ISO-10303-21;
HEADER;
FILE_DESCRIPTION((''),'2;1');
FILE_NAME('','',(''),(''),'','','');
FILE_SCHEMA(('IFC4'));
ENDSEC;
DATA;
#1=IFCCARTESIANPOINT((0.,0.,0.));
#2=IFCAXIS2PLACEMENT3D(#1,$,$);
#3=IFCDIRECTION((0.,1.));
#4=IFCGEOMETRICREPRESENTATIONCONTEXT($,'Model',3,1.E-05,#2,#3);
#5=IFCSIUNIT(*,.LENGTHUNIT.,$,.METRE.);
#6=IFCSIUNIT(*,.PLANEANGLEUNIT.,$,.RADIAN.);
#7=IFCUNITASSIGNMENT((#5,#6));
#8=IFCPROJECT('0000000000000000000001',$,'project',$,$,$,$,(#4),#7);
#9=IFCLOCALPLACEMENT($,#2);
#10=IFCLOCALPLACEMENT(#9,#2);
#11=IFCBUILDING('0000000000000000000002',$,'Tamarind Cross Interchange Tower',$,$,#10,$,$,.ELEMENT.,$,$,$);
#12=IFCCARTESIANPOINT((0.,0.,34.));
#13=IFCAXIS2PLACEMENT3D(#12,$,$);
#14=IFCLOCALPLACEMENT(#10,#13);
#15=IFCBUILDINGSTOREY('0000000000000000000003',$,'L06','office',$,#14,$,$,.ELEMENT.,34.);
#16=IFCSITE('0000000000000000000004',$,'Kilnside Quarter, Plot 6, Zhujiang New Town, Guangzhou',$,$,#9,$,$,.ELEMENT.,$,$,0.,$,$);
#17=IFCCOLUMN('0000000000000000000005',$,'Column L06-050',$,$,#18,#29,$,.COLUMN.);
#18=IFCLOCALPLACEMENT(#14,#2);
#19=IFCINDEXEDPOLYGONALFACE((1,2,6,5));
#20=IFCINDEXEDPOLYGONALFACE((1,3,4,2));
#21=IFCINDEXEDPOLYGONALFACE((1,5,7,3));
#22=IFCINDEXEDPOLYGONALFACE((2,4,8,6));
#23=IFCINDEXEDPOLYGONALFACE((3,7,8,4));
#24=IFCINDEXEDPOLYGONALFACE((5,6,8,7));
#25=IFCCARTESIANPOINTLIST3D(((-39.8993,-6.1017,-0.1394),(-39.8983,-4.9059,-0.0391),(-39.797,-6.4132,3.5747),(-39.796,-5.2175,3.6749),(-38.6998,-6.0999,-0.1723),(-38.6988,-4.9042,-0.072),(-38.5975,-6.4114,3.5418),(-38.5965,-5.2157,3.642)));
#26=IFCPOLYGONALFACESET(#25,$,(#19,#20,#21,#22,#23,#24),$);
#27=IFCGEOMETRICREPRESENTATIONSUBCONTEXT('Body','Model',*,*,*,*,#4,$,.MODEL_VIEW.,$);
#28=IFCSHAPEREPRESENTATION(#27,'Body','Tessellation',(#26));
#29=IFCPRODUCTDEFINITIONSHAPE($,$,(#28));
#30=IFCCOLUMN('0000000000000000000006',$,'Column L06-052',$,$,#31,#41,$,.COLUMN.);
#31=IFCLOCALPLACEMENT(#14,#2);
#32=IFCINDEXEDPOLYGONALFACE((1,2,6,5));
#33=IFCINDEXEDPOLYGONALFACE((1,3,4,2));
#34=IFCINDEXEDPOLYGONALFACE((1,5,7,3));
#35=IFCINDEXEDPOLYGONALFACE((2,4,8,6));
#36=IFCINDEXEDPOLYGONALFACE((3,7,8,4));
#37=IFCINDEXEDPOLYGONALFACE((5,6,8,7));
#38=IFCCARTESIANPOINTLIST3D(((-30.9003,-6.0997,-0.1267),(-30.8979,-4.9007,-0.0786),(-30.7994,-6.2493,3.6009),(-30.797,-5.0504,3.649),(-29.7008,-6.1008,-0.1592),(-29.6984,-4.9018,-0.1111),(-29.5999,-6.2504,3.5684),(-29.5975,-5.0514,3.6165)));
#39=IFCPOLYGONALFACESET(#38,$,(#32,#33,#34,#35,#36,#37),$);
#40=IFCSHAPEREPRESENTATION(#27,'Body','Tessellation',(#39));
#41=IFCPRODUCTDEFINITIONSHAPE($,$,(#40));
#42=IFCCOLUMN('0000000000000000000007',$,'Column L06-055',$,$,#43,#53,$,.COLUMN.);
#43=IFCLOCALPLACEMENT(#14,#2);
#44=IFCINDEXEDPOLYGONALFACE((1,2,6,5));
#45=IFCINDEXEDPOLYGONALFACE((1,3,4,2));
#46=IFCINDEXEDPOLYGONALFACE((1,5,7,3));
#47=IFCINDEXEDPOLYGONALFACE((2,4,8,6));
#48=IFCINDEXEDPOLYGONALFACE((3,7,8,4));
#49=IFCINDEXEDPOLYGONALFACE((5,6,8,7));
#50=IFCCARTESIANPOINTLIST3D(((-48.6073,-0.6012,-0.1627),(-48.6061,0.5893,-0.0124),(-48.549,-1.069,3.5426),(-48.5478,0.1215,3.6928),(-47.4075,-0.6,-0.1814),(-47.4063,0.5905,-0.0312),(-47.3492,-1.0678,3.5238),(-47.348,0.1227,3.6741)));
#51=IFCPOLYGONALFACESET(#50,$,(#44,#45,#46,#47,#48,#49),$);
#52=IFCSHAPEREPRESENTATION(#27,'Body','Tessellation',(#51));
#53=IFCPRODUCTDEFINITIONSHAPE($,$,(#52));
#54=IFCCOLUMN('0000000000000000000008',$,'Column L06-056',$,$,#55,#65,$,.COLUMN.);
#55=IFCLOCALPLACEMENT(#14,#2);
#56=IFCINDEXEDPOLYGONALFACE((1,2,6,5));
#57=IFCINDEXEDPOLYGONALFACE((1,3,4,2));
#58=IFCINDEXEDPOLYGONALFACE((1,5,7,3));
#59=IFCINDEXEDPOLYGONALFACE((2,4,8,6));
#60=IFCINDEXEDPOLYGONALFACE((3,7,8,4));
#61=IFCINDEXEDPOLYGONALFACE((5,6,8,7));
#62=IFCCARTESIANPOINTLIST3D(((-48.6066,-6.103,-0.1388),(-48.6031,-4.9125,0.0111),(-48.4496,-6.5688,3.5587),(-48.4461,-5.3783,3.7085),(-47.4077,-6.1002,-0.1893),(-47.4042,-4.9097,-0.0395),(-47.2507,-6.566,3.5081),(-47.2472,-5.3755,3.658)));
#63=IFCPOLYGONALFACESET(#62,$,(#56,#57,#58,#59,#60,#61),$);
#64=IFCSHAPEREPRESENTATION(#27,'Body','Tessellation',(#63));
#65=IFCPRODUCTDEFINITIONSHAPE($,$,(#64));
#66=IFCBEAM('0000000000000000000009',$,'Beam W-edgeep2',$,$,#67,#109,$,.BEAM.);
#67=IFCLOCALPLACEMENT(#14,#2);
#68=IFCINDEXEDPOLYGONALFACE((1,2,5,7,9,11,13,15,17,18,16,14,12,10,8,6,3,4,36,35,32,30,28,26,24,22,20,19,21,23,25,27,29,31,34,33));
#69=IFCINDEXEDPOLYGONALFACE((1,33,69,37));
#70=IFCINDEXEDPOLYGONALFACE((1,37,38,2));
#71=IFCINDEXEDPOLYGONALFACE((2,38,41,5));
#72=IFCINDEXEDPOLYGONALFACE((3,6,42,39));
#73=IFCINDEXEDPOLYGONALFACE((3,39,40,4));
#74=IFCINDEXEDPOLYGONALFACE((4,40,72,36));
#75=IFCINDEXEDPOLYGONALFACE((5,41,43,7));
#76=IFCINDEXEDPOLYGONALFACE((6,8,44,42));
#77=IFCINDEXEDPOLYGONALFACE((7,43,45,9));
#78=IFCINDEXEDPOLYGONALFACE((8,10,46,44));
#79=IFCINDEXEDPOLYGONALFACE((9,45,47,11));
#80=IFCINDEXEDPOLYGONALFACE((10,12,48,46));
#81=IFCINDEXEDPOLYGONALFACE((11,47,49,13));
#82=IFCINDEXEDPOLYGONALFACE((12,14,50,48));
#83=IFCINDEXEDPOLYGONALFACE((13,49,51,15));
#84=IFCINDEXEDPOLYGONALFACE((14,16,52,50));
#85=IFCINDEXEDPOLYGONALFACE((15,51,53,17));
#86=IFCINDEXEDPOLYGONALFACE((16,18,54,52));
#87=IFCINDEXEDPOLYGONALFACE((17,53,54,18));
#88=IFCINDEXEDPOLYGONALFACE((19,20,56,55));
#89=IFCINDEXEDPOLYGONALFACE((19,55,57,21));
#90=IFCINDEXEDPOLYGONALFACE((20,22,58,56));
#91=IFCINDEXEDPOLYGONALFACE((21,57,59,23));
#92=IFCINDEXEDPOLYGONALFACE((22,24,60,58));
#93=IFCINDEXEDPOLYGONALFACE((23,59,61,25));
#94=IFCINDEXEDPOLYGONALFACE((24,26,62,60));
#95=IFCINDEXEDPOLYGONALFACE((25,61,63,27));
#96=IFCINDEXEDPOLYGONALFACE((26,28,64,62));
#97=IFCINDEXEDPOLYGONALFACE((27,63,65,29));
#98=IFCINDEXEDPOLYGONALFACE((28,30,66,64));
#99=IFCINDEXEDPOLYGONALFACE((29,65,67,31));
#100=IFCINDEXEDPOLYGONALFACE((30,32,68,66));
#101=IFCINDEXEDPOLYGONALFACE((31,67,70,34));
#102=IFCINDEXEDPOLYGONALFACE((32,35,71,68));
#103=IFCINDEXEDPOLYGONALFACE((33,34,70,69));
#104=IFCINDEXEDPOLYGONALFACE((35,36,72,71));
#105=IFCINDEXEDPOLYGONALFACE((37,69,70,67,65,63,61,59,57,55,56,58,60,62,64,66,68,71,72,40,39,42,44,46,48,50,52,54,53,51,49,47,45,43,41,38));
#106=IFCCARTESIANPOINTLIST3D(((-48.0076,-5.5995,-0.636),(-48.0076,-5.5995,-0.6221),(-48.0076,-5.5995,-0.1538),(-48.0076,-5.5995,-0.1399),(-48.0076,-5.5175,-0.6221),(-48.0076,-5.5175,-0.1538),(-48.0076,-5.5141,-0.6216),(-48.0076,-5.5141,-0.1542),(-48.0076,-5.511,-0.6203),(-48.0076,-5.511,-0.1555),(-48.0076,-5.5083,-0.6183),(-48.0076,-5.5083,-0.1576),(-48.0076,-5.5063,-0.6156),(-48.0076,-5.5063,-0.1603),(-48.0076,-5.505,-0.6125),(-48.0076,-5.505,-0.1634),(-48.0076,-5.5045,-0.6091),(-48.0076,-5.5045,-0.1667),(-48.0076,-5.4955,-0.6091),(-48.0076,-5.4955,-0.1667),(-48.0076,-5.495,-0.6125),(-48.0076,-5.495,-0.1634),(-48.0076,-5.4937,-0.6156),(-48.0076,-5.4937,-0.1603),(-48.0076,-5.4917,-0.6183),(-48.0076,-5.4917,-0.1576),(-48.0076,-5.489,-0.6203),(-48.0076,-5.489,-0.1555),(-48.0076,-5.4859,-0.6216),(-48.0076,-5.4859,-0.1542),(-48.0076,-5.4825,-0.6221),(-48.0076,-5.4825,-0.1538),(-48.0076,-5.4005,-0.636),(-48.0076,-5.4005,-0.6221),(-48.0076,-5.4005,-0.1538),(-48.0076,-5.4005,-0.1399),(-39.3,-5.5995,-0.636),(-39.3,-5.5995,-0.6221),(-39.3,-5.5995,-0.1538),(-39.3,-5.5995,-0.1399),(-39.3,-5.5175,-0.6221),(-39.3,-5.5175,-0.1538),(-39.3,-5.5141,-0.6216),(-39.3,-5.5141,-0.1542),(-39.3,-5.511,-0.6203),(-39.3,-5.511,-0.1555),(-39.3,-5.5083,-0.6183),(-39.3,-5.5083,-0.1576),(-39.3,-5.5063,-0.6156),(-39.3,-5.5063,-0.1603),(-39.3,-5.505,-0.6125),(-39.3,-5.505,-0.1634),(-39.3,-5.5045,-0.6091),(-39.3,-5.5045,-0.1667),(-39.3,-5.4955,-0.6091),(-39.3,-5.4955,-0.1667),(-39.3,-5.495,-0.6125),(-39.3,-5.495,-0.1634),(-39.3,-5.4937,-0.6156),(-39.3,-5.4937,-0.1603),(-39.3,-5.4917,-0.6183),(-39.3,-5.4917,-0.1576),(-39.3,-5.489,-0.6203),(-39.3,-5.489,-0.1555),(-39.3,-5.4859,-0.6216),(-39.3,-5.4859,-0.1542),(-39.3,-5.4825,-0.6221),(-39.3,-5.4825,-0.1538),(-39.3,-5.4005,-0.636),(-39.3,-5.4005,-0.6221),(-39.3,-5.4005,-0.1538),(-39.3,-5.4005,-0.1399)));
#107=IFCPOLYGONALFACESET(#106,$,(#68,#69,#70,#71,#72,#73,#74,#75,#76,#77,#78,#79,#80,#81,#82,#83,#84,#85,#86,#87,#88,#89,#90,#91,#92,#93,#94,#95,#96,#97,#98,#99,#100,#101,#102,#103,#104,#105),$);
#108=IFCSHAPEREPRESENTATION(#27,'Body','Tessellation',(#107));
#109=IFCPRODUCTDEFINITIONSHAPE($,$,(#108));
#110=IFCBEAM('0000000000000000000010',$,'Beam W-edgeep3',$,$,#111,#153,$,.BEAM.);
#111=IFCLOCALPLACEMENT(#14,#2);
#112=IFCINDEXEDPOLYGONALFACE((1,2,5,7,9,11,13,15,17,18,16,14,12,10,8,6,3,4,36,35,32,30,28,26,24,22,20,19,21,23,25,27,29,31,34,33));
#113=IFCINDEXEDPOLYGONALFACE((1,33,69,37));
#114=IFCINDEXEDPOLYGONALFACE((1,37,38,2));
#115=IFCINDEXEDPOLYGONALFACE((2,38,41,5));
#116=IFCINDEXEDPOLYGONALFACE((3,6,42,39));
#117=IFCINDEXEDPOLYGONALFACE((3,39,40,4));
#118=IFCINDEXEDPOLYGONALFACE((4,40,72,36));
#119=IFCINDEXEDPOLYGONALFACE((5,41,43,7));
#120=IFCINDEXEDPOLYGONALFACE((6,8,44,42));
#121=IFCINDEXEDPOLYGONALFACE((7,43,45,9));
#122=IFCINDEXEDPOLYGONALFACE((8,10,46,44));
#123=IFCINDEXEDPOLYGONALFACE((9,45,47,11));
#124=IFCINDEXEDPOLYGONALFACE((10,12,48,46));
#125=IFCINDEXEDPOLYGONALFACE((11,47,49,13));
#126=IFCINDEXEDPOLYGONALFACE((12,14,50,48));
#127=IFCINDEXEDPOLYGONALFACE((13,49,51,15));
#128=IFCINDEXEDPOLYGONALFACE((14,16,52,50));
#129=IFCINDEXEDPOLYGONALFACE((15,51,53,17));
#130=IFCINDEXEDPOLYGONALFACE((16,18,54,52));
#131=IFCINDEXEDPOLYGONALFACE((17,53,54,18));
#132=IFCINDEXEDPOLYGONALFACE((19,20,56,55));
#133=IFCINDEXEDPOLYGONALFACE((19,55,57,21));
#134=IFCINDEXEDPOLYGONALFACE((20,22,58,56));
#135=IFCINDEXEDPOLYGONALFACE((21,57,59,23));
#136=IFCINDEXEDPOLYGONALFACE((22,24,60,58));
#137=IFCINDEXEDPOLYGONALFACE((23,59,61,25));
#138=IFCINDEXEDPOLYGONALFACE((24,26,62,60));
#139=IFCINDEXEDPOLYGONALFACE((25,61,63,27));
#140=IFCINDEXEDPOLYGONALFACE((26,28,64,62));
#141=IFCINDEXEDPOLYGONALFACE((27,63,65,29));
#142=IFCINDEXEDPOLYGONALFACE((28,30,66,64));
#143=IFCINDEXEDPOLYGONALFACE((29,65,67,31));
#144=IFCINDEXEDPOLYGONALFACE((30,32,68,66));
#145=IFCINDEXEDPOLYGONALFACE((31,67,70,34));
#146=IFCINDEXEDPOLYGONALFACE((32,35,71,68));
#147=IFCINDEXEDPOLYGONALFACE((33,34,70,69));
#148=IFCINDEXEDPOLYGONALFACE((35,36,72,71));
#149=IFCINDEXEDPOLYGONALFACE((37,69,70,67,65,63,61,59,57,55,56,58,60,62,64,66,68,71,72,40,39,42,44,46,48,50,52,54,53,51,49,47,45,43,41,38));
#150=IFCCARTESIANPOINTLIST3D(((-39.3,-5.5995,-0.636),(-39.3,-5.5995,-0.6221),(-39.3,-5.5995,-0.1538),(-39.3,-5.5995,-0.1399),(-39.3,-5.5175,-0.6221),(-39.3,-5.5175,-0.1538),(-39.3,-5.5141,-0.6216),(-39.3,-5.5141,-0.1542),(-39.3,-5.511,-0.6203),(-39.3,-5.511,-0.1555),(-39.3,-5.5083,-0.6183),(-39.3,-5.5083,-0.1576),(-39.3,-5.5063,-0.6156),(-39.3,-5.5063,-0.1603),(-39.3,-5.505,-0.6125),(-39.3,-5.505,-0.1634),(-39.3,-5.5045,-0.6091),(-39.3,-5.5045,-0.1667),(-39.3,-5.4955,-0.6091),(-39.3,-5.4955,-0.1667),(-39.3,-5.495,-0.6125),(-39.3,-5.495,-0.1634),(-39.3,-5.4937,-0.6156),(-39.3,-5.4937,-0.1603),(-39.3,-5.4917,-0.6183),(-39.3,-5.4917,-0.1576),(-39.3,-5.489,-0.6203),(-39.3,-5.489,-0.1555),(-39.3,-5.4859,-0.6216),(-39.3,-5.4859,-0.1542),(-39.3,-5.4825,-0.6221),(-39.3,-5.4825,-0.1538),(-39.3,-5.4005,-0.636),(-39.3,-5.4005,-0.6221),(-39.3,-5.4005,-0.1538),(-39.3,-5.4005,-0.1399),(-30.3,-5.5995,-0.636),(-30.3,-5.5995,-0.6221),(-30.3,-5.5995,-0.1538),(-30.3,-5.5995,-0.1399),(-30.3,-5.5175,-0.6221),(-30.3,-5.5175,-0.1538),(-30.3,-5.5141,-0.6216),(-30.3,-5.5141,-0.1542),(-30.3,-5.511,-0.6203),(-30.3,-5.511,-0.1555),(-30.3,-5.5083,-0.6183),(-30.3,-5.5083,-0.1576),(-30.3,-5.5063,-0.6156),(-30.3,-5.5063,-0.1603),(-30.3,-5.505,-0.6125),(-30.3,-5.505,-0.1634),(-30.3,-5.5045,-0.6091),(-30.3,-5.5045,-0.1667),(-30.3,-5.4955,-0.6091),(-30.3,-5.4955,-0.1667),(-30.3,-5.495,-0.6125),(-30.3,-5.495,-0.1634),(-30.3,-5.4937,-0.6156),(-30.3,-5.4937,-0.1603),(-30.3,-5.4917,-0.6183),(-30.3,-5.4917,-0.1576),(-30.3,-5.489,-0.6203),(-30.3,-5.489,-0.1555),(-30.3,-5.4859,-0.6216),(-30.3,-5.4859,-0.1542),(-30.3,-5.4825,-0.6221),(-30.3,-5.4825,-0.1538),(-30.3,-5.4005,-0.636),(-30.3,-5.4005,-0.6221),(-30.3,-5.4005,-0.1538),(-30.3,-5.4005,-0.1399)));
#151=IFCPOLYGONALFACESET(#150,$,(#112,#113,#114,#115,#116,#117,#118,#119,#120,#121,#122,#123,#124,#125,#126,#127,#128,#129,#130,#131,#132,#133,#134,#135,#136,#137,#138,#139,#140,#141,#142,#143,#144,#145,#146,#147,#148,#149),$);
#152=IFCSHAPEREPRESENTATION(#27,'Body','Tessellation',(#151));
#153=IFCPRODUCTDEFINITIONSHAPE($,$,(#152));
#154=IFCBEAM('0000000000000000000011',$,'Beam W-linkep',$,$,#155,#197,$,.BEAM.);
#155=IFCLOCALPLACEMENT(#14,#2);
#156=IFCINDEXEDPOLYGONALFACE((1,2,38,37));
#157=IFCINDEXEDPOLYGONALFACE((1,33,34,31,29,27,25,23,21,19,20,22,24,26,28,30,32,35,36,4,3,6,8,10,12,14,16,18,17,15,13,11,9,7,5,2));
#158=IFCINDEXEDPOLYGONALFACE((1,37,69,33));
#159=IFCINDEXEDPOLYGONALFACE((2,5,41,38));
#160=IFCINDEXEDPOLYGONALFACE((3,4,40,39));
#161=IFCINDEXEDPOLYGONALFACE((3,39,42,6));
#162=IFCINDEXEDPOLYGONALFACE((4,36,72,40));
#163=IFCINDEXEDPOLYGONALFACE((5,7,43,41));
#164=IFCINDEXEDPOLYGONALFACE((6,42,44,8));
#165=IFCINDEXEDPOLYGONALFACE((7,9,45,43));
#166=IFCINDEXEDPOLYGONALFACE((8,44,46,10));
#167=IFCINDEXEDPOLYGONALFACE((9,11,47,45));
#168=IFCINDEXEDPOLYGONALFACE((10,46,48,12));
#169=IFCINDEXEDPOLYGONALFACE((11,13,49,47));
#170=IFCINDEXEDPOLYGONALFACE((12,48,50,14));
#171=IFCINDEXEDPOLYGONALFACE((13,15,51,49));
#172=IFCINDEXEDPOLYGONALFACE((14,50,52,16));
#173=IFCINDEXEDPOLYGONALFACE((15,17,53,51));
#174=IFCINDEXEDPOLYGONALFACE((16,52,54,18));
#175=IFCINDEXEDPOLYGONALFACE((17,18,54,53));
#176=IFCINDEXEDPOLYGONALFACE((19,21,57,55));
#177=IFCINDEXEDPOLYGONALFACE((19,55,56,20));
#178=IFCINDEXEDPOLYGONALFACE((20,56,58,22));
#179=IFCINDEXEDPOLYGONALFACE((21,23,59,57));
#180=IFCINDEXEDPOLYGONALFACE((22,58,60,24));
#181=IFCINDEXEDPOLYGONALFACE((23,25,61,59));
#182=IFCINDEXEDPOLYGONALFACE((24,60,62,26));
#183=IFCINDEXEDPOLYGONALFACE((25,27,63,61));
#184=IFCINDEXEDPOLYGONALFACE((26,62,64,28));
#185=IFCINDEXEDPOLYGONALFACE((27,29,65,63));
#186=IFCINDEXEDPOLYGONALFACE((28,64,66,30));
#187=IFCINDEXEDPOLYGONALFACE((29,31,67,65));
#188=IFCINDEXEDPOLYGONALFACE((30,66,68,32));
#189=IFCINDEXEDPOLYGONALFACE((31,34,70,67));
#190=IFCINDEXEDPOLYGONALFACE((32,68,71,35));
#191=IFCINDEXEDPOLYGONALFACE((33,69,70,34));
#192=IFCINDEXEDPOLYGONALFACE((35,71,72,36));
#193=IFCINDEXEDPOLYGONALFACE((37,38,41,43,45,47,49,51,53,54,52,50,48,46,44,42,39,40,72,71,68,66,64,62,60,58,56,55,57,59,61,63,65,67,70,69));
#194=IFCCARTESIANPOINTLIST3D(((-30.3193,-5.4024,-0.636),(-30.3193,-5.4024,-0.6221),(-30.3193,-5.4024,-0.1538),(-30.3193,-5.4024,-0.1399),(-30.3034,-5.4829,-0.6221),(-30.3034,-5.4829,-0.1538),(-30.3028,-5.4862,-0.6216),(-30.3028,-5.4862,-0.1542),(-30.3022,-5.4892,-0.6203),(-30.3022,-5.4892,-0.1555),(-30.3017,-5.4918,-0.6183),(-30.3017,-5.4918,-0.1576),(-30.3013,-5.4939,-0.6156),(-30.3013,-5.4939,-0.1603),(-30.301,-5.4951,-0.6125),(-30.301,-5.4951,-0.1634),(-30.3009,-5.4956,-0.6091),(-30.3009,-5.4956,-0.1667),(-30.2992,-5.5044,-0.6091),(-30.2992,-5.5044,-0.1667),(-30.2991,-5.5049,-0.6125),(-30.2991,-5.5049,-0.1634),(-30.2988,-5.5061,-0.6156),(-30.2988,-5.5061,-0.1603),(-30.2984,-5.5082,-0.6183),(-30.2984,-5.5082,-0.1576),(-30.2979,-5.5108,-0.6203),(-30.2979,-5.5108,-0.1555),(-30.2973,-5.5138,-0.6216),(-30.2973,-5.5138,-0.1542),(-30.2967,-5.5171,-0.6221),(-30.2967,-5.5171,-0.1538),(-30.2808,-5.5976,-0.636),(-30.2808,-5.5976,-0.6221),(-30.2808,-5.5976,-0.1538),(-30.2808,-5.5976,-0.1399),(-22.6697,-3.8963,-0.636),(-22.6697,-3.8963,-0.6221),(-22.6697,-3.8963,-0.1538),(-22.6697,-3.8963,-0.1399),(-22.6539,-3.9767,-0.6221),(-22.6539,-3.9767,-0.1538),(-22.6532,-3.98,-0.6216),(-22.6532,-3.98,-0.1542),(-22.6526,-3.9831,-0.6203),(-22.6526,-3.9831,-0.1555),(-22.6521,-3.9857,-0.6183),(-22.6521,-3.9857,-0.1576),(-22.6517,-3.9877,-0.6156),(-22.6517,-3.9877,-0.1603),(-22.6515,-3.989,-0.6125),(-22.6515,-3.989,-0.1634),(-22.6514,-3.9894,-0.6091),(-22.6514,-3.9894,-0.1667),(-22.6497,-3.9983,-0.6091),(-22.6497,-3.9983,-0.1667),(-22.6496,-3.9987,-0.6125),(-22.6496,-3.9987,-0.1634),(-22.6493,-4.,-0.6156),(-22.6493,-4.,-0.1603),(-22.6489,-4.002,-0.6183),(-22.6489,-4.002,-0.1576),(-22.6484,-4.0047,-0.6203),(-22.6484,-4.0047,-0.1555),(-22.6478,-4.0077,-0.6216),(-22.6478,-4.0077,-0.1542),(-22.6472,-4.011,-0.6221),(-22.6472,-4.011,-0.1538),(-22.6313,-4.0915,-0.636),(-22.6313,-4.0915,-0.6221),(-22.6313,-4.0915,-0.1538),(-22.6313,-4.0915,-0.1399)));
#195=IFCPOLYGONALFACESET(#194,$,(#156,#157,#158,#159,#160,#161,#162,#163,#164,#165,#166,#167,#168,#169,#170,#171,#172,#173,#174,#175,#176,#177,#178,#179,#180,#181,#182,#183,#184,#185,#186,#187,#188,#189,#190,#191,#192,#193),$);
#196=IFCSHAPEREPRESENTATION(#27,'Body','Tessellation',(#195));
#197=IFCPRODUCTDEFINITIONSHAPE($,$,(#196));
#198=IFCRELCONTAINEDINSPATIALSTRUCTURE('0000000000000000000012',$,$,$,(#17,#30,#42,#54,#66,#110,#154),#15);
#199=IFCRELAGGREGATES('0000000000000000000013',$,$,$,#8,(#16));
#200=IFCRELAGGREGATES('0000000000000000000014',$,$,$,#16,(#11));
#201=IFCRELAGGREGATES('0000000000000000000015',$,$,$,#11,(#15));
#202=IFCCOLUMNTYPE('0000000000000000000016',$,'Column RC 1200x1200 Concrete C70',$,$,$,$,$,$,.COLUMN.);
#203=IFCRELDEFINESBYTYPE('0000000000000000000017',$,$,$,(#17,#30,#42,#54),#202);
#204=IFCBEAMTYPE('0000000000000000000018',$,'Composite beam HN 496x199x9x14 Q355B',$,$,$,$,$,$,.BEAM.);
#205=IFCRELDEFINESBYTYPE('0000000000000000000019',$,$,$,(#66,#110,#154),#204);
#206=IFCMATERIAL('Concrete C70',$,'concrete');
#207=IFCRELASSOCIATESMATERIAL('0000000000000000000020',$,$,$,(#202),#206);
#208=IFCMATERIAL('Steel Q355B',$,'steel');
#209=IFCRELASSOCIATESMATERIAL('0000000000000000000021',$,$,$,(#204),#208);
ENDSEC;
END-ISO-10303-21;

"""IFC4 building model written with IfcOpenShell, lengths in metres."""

from ifc_helpers import new_model, si_unit, direction, frame, origin, origin_2d, place, context, subcontext, project, spatial, rectangle, i_section, extrude, material, material_profile, profile_set, type_object, element, save


model = new_model("IFC4")

# Units and contexts
model_context = context("Model", 3, precision=1e-05, world=origin(), true_north=direction((0.0, 1.0)))
body_context = subcontext(model_context, "Body", "Model", "MODEL_VIEW")
ifc_project = project(units=[si_unit("LENGTHUNIT", "METRE"), si_unit("PLANEANGLEUNIT", "RADIAN")], contexts=[model_context])

# Site, building, storey
site_placement = place(None, origin())
site = spatial("IfcSite", under=ifc_project, at=site_placement, Name="Kilnside Quarter, Plot 6, Zhujiang New Town, Guangzhou", CompositionType="ELEMENT", RefElevation=0.0)
building_placement = place(site_placement, origin())
building = spatial("IfcBuilding", under=site, at=building_placement, Name="Tamarind Cross Interchange Tower", CompositionType="ELEMENT")
storey_placement = place(building_placement, frame((0.0, 0.0, 34.0)))
storey = spatial("IfcBuildingStorey", under=building, at=storey_placement, Name="L06", Description="office", CompositionType="ELEMENT", Elevation=34.0)

# Columns
ifc_material_1 = material(Name="Concrete C70", Category="concrete")
ifc_material_profile_1 = material_profile(ifc_material_1, rectangle(XDim=1.2, YDim=1.2, at=origin_2d()), Name="RC 1200x1200")
ifc_profile_set_1 = profile_set([ifc_material_profile_1], Name="Concrete C70")
column_type = type_object("IfcColumnType", Name="Column RC 1200x1200 Concrete C70", PredefinedType="COLUMN", material=ifc_profile_set_1)
column_1_placement = place(storey_placement, frame((-39.2991, -5.5029, -0.1057), z_axis=(0.027436, -0.083551, 0.996126), x_axis=(0.000803, 0.996502, 0.08356)))
element("IfcColumn", 1, at=column_1_placement, inside=storey, type_object=column_type, Name="Column L06-050", PredefinedType="COLUMN", context=body_context, shape_type="SweptSolid", body=[
    extrude(rectangle(XDim=1.2, YDim=1.2, at=origin_2d()), origin(), (0.0, 0.0, 1.0), 3.7285),
])
column_2_placement = place(storey_placement, frame((-30.2993, -5.5007, -0.1189), z_axis=(0.027018, -0.040102, 0.99883), x_axis=(0.001996, 0.999195, 0.040063)))
element("IfcColumn", 2, at=column_2_placement, inside=storey, type_object=column_type, Name="Column L06-052", PredefinedType="COLUMN", context=body_context, shape_type="SweptSolid", body=[
    extrude(rectangle(XDim=1.2, YDim=1.2, at=origin_2d()), origin(), (0.0, 0.0, 1.0), 3.7319),
])
column_3_placement = place(storey_placement, frame((-48.0068, -0.0054, -0.0969), z_axis=(0.015622, -0.125234, 0.992004), x_axis=(0.000996, 0.992127, 0.125234)))
element("IfcColumn", 3, at=column_3_placement, inside=storey, type_object=column_type, Name="Column L06-055", PredefinedType="COLUMN", context=body_context, shape_type="SweptSolid", body=[
    extrude(rectangle(XDim=1.2, YDim=1.2, at=origin_2d()), origin(), (0.0, 0.0, 1.0), 3.7351),
])
column_4_placement = place(storey_placement, frame((-48.0054, -5.5063, -0.0891), z_axis=(0.042086, -0.124883, 0.991278), x_axis=(0.002931, 0.992169, 0.124871)))
element("IfcColumn", 4, at=column_4_placement, inside=storey, type_object=column_type, Name="Column L06-056", PredefinedType="COLUMN", context=body_context, shape_type="SweptSolid", body=[
    extrude(rectangle(XDim=1.2, YDim=1.2, at=origin_2d()), origin(), (0.0, 0.0, 1.0), 3.73),
])

# Beams
ifc_material_2 = material(Name="Steel Q355B", Category="steel")
ifc_material_profile_2 = material_profile(ifc_material_2, i_section(OverallWidth=0.199, OverallDepth=0.4961, WebThickness=0.009, FlangeThickness=0.0139, FilletRadius=0.0129, at=origin_2d()), Name="HN 496x199x9x14")
ifc_profile_set_2 = profile_set([ifc_material_profile_2], Name="Steel Q355B")
beam_type_1 = type_object("IfcBeamType", Name="Composite beam HN 496x199x9x14 Q355B", PredefinedType="BEAM", material=ifc_profile_set_2)
beam_1_placement = place(storey_placement, frame((-48.0076, -5.5, -0.3879), z_axis=(1.0, 0.0, 0.0), x_axis=(0.0, 1.0, 0.0)))
element("IfcBeam", 5, at=beam_1_placement, inside=storey, type_object=beam_type_1, Name="Beam W-edgeep2", PredefinedType="BEAM", context=body_context, shape_type="SweptSolid", body=[
    extrude(i_section(OverallWidth=0.199, OverallDepth=0.4961, WebThickness=0.009, FlangeThickness=0.0139, FilletRadius=0.0129, at=origin_2d()), origin(), (0.0, 0.0, 1.0), 8.7075),
])
beam_2_placement = place(storey_placement, frame((-39.3, -5.5, -0.3879), z_axis=(1.0, 0.0, 0.0), x_axis=(0.0, 1.0, 0.0)))
element("IfcBeam", 6, at=beam_2_placement, inside=storey, type_object=beam_type_1, Name="Beam W-edgeep3", PredefinedType="BEAM", context=body_context, shape_type="SweptSolid", body=[
    extrude(i_section(OverallWidth=0.199, OverallDepth=0.4961, WebThickness=0.009, FlangeThickness=0.0139, FilletRadius=0.0129, at=origin_2d()), origin(), (0.0, 0.0, 1.0), 9.0),
])
beam_3_placement = place(storey_placement, frame((-30.3, -5.5, -0.3879), z_axis=(0.981163, 0.193182, 0.0), x_axis=(-0.193182, 0.981163, 0.0)))
element("IfcBeam", 7, at=beam_3_placement, inside=storey, type_object=beam_type_1, Name="Beam W-linkep", PredefinedType="BEAM", context=body_context, shape_type="SweptSolid", body=[
    extrude(i_section(OverallWidth=0.199, OverallDepth=0.4961, WebThickness=0.009, FlangeThickness=0.0139, FilletRadius=0.0129, at=origin_2d()), origin(), (0.0, 0.0, 1.0), 7.7964),
])

save(model, "model.ifc")
